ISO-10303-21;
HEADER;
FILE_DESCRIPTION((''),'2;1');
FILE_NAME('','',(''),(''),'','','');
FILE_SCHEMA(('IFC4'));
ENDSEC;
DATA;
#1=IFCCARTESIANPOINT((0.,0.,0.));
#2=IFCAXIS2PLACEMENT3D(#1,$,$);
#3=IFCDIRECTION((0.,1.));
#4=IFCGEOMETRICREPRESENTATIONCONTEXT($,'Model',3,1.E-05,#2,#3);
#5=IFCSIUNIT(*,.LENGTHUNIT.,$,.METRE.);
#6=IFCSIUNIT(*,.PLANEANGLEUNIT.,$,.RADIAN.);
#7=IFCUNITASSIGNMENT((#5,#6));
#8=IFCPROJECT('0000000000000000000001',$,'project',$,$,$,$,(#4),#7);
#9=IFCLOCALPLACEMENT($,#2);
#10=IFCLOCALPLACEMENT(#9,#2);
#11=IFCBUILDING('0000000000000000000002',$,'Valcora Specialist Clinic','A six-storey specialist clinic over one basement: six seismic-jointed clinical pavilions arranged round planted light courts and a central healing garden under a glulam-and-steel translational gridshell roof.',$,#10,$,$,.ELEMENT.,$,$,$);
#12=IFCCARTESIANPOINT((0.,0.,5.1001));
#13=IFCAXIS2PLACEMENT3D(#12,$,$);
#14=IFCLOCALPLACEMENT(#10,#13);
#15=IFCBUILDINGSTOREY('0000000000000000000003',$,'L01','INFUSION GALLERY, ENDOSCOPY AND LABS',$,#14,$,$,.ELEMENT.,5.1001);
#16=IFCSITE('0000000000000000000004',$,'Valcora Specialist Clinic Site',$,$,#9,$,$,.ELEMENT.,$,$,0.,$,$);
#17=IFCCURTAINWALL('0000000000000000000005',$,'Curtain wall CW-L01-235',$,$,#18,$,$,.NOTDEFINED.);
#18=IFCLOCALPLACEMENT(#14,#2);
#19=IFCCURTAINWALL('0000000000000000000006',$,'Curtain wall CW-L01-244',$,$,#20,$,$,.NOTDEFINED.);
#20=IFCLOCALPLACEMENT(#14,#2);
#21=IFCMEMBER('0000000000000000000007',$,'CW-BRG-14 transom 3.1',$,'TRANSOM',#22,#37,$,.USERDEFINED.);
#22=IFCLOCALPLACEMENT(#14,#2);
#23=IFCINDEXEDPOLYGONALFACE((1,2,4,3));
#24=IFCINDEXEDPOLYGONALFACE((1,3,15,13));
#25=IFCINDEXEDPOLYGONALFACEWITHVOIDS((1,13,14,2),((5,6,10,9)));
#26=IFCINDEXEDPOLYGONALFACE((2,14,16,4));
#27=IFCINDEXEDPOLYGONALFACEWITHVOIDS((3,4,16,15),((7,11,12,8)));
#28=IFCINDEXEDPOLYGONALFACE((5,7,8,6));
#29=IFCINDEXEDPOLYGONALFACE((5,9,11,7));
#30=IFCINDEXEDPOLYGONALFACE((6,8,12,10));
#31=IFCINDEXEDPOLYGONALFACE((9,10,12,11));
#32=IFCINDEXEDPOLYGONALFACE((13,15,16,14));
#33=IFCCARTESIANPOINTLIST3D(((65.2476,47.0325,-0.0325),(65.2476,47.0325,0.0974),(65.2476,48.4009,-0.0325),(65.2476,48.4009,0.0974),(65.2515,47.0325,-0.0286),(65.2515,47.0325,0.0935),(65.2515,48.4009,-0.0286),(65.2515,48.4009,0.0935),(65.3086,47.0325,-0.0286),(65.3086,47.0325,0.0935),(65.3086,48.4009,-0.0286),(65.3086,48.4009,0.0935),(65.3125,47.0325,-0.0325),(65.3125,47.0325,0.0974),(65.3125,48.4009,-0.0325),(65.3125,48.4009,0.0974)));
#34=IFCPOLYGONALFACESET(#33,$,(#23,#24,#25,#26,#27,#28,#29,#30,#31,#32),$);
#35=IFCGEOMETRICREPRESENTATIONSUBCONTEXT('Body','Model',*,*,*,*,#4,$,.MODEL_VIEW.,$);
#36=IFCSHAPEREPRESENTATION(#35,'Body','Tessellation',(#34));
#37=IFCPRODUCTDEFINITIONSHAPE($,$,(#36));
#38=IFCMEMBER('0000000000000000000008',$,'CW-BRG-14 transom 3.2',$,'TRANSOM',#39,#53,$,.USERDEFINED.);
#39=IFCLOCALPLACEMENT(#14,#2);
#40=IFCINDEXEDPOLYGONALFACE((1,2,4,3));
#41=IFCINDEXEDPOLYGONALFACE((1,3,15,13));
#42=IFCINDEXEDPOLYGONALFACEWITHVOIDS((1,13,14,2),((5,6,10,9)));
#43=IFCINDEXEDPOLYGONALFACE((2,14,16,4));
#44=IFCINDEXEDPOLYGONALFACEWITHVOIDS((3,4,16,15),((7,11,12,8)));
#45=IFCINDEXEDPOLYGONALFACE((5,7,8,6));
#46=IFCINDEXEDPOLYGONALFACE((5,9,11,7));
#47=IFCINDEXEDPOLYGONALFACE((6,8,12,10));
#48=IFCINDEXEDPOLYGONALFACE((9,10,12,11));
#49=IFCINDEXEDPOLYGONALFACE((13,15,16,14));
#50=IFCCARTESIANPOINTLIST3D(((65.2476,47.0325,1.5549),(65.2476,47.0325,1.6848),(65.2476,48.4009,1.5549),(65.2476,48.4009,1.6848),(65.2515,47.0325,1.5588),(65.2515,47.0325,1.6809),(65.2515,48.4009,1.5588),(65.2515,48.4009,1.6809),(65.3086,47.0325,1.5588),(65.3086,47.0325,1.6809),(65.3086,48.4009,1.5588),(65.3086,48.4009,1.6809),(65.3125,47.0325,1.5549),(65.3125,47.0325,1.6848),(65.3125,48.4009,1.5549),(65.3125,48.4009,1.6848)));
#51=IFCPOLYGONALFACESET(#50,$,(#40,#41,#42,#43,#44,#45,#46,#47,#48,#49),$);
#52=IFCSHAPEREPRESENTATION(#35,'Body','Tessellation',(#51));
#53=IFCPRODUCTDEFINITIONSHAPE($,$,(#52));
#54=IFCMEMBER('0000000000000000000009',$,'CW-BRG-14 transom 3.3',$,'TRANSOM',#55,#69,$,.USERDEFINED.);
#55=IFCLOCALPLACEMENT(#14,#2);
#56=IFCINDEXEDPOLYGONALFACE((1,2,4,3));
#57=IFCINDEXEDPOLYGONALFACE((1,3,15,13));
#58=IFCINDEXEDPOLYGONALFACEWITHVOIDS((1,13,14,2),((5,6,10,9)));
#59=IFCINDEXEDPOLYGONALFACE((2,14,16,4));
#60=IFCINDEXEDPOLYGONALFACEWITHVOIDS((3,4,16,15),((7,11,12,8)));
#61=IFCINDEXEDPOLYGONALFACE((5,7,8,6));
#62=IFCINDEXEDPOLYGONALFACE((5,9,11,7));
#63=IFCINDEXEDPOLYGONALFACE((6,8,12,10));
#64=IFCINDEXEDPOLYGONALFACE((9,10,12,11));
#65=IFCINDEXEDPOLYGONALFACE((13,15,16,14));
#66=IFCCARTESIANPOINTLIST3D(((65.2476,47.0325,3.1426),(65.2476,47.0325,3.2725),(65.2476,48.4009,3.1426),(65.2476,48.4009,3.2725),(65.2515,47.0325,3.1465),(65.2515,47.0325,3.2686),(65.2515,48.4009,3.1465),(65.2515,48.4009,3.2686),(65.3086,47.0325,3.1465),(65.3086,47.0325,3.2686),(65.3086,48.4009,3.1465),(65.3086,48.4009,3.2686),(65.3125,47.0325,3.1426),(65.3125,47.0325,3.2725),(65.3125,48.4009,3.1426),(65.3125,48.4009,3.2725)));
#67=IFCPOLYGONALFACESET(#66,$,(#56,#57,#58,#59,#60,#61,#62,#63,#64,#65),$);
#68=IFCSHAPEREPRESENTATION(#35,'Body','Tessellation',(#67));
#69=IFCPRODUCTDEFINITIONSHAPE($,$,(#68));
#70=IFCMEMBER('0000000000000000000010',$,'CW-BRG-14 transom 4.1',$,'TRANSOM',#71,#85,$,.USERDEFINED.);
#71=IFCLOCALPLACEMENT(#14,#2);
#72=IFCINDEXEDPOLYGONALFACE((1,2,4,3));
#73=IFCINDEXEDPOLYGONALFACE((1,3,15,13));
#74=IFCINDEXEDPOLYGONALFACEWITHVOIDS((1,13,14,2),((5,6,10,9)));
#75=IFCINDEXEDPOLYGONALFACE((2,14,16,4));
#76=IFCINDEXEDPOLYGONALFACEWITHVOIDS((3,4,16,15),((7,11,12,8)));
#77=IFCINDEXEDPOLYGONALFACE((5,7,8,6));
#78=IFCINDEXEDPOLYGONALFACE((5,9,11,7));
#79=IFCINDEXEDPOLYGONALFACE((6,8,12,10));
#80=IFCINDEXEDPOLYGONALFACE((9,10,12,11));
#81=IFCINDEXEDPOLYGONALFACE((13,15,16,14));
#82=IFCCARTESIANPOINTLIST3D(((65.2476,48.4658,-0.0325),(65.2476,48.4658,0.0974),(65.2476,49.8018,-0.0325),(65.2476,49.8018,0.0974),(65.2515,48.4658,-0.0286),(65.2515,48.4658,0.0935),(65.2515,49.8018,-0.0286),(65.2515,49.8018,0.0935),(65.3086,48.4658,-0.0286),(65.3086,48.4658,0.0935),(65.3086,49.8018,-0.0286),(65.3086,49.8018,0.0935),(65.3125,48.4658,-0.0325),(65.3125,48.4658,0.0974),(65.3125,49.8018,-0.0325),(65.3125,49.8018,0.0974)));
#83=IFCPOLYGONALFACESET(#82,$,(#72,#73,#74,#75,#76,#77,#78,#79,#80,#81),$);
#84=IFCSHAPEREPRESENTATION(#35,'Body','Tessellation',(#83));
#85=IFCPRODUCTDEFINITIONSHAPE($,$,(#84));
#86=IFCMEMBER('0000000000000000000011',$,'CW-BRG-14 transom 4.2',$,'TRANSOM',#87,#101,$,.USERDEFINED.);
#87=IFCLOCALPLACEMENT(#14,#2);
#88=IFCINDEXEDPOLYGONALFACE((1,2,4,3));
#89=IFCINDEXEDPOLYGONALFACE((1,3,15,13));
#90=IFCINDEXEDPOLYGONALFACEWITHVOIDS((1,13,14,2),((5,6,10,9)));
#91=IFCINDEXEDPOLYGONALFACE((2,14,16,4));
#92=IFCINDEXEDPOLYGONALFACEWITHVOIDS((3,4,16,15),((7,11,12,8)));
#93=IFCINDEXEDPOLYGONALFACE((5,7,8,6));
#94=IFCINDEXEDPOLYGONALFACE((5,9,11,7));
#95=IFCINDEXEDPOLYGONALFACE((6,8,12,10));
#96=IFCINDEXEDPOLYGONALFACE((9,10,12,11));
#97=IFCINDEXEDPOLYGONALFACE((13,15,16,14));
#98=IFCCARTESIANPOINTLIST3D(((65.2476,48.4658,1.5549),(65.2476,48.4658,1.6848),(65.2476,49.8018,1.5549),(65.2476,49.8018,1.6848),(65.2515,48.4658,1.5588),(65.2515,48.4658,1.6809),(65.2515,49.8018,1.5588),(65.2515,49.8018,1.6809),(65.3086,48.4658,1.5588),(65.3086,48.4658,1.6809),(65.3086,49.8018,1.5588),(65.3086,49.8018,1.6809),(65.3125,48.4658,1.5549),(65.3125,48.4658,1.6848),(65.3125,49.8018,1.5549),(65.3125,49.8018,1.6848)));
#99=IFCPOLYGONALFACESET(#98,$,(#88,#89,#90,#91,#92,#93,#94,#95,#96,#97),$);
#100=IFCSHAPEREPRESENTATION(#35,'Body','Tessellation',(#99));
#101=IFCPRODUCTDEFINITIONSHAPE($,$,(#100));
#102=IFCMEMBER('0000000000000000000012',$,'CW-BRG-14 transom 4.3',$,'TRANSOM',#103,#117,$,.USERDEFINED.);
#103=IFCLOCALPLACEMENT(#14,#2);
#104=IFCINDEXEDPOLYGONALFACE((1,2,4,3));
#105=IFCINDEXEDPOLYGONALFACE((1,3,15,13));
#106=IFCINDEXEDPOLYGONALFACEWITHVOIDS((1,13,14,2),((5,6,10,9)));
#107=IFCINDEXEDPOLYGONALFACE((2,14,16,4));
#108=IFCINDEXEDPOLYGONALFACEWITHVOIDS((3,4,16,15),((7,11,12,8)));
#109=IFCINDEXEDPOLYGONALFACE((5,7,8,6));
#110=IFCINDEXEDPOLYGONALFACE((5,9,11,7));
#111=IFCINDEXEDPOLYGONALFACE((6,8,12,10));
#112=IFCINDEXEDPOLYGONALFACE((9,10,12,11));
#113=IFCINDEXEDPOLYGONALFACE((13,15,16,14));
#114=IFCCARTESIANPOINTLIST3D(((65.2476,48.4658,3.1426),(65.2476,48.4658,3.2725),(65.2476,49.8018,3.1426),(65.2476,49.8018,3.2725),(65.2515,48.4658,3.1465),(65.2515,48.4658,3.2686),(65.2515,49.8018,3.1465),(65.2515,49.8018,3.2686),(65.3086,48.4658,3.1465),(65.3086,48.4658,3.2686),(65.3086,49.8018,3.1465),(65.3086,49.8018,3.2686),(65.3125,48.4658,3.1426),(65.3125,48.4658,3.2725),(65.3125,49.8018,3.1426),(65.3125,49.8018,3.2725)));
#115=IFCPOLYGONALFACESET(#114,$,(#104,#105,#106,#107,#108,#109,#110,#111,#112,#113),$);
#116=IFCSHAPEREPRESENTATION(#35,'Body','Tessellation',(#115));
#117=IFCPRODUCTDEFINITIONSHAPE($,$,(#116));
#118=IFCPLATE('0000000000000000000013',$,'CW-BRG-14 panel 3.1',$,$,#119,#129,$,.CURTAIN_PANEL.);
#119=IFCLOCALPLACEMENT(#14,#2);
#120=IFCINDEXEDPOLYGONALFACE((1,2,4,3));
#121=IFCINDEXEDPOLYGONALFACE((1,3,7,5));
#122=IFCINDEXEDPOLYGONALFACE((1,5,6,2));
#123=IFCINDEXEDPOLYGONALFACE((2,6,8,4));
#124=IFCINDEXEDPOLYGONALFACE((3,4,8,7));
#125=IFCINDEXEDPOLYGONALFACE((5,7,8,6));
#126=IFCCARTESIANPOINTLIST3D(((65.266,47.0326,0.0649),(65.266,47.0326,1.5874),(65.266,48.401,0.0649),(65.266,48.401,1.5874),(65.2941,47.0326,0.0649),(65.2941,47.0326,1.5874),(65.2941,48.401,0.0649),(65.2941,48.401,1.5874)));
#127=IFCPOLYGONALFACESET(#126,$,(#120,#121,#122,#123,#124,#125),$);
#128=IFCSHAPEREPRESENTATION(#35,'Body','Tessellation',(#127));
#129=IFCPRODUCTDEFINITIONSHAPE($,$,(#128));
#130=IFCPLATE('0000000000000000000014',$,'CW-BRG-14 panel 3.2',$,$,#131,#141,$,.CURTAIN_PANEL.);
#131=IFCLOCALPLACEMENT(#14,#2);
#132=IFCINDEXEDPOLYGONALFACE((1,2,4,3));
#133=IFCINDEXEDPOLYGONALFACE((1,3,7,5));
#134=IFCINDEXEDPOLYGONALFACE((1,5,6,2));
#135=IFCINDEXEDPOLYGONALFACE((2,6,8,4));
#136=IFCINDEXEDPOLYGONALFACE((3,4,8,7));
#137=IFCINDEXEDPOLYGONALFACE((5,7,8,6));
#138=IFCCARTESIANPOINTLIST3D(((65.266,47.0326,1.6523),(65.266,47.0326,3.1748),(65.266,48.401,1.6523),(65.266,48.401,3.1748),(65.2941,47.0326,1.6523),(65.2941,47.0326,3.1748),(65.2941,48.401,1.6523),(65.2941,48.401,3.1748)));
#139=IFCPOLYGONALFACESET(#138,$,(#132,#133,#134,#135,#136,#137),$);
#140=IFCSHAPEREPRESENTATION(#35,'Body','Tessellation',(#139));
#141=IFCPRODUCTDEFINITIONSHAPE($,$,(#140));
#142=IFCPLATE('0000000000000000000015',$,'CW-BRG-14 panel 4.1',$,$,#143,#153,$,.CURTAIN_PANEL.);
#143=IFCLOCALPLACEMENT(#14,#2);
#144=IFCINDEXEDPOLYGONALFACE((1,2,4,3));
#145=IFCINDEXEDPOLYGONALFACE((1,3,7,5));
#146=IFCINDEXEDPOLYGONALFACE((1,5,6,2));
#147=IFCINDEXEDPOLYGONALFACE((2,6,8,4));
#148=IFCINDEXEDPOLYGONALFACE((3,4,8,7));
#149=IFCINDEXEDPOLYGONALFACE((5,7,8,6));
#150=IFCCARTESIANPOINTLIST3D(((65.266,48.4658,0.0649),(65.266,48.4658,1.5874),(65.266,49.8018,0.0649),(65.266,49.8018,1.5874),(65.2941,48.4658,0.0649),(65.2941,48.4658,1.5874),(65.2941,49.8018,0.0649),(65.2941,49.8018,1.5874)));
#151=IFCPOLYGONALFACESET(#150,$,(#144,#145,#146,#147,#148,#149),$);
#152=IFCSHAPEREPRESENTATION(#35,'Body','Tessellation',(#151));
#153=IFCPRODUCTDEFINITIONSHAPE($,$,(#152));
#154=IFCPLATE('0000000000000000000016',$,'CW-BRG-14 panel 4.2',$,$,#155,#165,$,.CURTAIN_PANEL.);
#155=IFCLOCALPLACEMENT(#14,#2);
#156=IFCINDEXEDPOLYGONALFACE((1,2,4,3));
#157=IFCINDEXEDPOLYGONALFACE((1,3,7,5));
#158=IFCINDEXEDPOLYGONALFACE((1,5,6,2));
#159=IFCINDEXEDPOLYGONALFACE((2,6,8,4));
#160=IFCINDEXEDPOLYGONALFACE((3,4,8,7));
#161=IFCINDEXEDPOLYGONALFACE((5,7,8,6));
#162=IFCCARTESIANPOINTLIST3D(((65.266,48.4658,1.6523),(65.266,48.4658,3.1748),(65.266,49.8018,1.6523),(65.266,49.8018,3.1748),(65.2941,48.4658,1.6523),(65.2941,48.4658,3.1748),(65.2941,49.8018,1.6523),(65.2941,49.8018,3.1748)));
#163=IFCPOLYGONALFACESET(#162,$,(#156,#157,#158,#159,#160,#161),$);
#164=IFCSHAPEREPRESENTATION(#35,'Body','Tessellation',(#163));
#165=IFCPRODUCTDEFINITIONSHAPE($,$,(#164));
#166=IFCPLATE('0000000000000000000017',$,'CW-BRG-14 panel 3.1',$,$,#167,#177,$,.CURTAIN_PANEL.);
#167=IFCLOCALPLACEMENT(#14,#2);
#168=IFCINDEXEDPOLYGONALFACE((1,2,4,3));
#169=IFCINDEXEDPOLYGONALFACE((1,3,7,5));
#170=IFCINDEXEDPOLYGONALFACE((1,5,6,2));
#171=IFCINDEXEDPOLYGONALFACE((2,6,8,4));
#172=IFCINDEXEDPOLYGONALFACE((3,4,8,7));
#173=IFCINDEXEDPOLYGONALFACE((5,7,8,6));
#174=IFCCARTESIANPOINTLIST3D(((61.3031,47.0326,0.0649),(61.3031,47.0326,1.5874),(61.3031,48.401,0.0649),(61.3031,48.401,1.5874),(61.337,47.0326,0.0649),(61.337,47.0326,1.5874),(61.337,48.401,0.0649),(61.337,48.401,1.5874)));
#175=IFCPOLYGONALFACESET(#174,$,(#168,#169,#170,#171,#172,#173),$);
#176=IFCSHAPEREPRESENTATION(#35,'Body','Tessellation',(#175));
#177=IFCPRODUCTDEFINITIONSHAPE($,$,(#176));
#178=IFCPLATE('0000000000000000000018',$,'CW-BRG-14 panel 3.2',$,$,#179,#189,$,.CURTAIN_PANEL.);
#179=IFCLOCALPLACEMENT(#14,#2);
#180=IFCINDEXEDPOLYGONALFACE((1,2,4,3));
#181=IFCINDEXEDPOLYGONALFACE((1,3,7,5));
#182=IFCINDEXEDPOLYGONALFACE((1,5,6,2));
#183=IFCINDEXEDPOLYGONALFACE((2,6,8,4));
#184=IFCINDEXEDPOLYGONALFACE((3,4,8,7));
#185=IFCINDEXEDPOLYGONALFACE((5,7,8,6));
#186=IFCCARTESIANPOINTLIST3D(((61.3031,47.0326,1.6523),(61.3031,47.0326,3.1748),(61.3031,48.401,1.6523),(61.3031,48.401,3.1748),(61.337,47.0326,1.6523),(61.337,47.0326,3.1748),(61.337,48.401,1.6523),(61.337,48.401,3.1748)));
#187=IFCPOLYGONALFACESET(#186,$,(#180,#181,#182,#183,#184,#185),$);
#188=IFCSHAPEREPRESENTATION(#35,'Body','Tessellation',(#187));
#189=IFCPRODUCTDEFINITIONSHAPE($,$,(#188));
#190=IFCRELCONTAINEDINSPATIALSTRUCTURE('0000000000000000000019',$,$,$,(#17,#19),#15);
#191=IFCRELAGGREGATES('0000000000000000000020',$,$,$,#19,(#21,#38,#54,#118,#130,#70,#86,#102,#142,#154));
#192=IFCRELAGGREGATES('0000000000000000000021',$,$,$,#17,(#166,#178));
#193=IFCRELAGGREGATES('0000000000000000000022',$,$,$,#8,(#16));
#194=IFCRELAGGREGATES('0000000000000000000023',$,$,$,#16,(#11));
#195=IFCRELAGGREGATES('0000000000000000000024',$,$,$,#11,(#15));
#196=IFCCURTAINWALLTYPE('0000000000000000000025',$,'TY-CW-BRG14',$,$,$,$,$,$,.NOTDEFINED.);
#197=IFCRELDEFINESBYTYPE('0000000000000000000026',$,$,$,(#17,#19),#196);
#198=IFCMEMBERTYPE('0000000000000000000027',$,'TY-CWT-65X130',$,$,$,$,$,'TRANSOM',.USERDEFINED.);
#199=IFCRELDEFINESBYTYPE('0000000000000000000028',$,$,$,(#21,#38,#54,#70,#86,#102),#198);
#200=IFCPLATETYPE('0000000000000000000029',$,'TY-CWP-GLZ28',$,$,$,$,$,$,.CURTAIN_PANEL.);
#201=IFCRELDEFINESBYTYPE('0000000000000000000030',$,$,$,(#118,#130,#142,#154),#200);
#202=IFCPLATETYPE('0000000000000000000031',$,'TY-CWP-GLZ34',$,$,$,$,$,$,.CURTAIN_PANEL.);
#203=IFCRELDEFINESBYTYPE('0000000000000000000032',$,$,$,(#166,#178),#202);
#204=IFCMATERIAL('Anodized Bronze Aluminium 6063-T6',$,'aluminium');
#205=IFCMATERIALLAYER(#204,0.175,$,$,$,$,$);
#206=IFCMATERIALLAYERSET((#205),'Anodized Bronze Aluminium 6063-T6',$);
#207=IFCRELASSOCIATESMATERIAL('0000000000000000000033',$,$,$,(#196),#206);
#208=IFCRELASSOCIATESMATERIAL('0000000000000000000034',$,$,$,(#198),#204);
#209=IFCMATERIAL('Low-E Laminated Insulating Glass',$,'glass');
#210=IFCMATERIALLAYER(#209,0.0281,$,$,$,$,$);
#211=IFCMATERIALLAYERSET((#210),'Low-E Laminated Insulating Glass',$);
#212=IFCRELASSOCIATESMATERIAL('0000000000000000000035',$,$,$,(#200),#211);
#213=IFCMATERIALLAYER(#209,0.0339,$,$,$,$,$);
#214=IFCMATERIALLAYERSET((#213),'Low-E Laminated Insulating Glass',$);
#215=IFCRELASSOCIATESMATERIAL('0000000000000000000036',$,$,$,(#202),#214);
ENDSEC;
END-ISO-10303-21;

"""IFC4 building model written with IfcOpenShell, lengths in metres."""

from ifc_helpers import new_model, si_unit, direction, frame, origin, origin_2d, place, context, subcontext, project, spatial, rectangle, hollow_rectangle, extrude, material, layer, layer_set, material_profile, profile_set, type_object, element, aggregate, save


model = new_model("IFC4")

# Units and contexts
model_context = context("Model", 3, precision=1e-05, world=origin(), true_north=direction((0.0, 1.0)))
body_context = subcontext(model_context, "Body", "Model", "MODEL_VIEW")
ifc_project = project(units=[si_unit("LENGTHUNIT", "METRE"), si_unit("PLANEANGLEUNIT", "RADIAN")], contexts=[model_context])

# Site, building, storey
site_placement = place(None, origin())
site = spatial("IfcSite", under=ifc_project, at=site_placement, Name="Valcora Specialist Clinic Site", CompositionType="ELEMENT", RefElevation=0.0)
building_placement = place(site_placement, origin())
building = spatial("IfcBuilding", under=site, at=building_placement, Name="Valcora Specialist Clinic", Description="A six-storey specialist clinic over one basement: six seismic-jointed clinical pavilions arranged round planted light courts and a central healing garden under a glulam-and-steel translational gridshell roof.", CompositionType="ELEMENT")
storey_placement = place(building_placement, frame((0.0, 0.0, 5.1001)))
storey = spatial("IfcBuildingStorey", under=building, at=storey_placement, Name="L01", Description="INFUSION GALLERY, ENDOSCOPY AND LABS", CompositionType="ELEMENT", Elevation=5.1001)

# Curtain walls
ifc_material_1 = material(Name="Anodized Bronze Aluminium 6063-T6", Category="aluminium")
ifc_layer_1 = layer(ifc_material_1, 0.175)
ifc_layer_set_1 = layer_set([ifc_layer_1], Name="Anodized Bronze Aluminium 6063-T6")
curtain_wall_type = type_object("IfcCurtainWallType", Name="TY-CW-BRG14", PredefinedType="NOTDEFINED", material=ifc_layer_set_1)
curtain_wall_1_placement = place(storey_placement, origin())
curtain_wall_1 = element("IfcCurtainWall", 1, at=curtain_wall_1_placement, inside=storey, type_object=curtain_wall_type, Name="Curtain wall CW-L01-235", PredefinedType="NOTDEFINED")
curtain_wall_2_placement = place(storey_placement, origin())
curtain_wall_2 = element("IfcCurtainWall", 2, at=curtain_wall_2_placement, inside=storey, type_object=curtain_wall_type, Name="Curtain wall CW-L01-244", PredefinedType="NOTDEFINED")

# Members
ifc_material_profile_1 = material_profile(ifc_material_1, hollow_rectangle(XDim=0.0649, YDim=0.1299, WallThickness=0.0039, at=origin_2d()), Name="AL-TRN-65X130")
ifc_profile_set_1 = profile_set([ifc_material_profile_1], Name="Anodized Bronze Aluminium 6063-T6")
member_type_1 = type_object("IfcMemberType", Name="TY-CWT-65X130", ElementType="TRANSOM", PredefinedType="USERDEFINED", material=ifc_profile_set_1)
member_1_placement = place(storey_placement, frame((65.28, 47.0325, 0.0325), z_axis=(0.0, 1.0, 0.0), x_axis=(-1.0, 0.0, 0.0)))
member_1 = element("IfcMember", 3, at=member_1_placement, type_object=member_type_1, Name="CW-BRG-14 transom 3.1", ObjectType="TRANSOM", PredefinedType="USERDEFINED", context=body_context, shape_type="SweptSolid", body=[
    extrude(hollow_rectangle(XDim=0.0649, YDim=0.1299, WallThickness=0.0039, at=origin_2d()), origin(), (0.0, 0.0, 1.0), 1.3684),
])
member_2_placement = place(storey_placement, frame((65.28, 47.0325, 1.6199), z_axis=(0.0, 1.0, 0.0), x_axis=(-1.0, 0.0, 0.0)))
member_2 = element("IfcMember", 4, at=member_2_placement, type_object=member_type_1, Name="CW-BRG-14 transom 3.2", ObjectType="TRANSOM", PredefinedType="USERDEFINED", context=body_context, shape_type="SweptSolid", body=[
    extrude(hollow_rectangle(XDim=0.0649, YDim=0.1299, WallThickness=0.0039, at=origin_2d()), origin(), (0.0, 0.0, 1.0), 1.3684),
])
member_3_placement = place(storey_placement, frame((65.28, 47.0325, 3.2075), z_axis=(0.0, 1.0, 0.0), x_axis=(-1.0, 0.0, 0.0)))
member_3 = element("IfcMember", 5, at=member_3_placement, type_object=member_type_1, Name="CW-BRG-14 transom 3.3", ObjectType="TRANSOM", PredefinedType="USERDEFINED", context=body_context, shape_type="SweptSolid", body=[
    extrude(hollow_rectangle(XDim=0.0649, YDim=0.1299, WallThickness=0.0039, at=origin_2d()), origin(), (0.0, 0.0, 1.0), 1.3684),
])
member_4_placement = place(storey_placement, frame((65.28, 48.4658, 0.0325), z_axis=(0.0, 1.0, 0.0), x_axis=(-1.0, 0.0, 0.0)))
member_4 = element("IfcMember", 6, at=member_4_placement, type_object=member_type_1, Name="CW-BRG-14 transom 4.1", ObjectType="TRANSOM", PredefinedType="USERDEFINED", context=body_context, shape_type="SweptSolid", body=[
    extrude(hollow_rectangle(XDim=0.0649, YDim=0.1299, WallThickness=0.0039, at=origin_2d()), origin(), (0.0, 0.0, 1.0), 1.3359),
])
member_5_placement = place(storey_placement, frame((65.28, 48.4658, 1.6199), z_axis=(0.0, 1.0, 0.0), x_axis=(-1.0, 0.0, 0.0)))
member_5 = element("IfcMember", 7, at=member_5_placement, type_object=member_type_1, Name="CW-BRG-14 transom 4.2", ObjectType="TRANSOM", PredefinedType="USERDEFINED", context=body_context, shape_type="SweptSolid", body=[
    extrude(hollow_rectangle(XDim=0.0649, YDim=0.1299, WallThickness=0.0039, at=origin_2d()), origin(), (0.0, 0.0, 1.0), 1.3359),
])
member_6_placement = place(storey_placement, frame((65.28, 48.4658, 3.2075), z_axis=(0.0, 1.0, 0.0), x_axis=(-1.0, 0.0, 0.0)))
member_6 = element("IfcMember", 8, at=member_6_placement, type_object=member_type_1, Name="CW-BRG-14 transom 4.3", ObjectType="TRANSOM", PredefinedType="USERDEFINED", context=body_context, shape_type="SweptSolid", body=[
    extrude(hollow_rectangle(XDim=0.0649, YDim=0.1299, WallThickness=0.0039, at=origin_2d()), origin(), (0.0, 0.0, 1.0), 1.3359),
])

# Plates
ifc_material_2 = material(Name="Low-E Laminated Insulating Glass", Category="glass")
ifc_layer_2 = layer(ifc_material_2, 0.0281)
ifc_layer_set_2 = layer_set([ifc_layer_2], Name="Low-E Laminated Insulating Glass")
plate_type_1 = type_object("IfcPlateType", Name="TY-CWP-GLZ28", PredefinedType="CURTAIN_PANEL", material=ifc_layer_set_2)
plate_1_placement = place(storey_placement, frame((65.28, 47.7168, 0.0649), z_axis=(0.0, 0.0, 1.0), x_axis=(0.0, 1.0, 0.0)))
plate_1 = element("IfcPlate", 9, at=plate_1_placement, type_object=plate_type_1, Name="CW-BRG-14 panel 3.1", PredefinedType="CURTAIN_PANEL", context=body_context, shape_type="SweptSolid", body=[
    extrude(rectangle(XDim=1.3684, YDim=0.0281, at=origin_2d()), origin(), (0.0, 0.0, 1.0), 1.5225),
])
plate_2_placement = place(storey_placement, frame((65.28, 47.7168, 1.6523), z_axis=(0.0, 0.0, 1.0), x_axis=(0.0, 1.0, 0.0)))
plate_2 = element("IfcPlate", 10, at=plate_2_placement, type_object=plate_type_1, Name="CW-BRG-14 panel 3.2", PredefinedType="CURTAIN_PANEL", context=body_context, shape_type="SweptSolid", body=[
    extrude(rectangle(XDim=1.3684, YDim=0.0281, at=origin_2d()), origin(), (0.0, 0.0, 1.0), 1.5225),
])
plate_3_placement = place(storey_placement, frame((65.28, 49.1338, 0.0649), z_axis=(0.0, 0.0, 1.0), x_axis=(0.0, 1.0, 0.0)))
plate_3 = element("IfcPlate", 11, at=plate_3_placement, type_object=plate_type_1, Name="CW-BRG-14 panel 4.1", PredefinedType="CURTAIN_PANEL", context=body_context, shape_type="SweptSolid", body=[
    extrude(rectangle(XDim=1.3359, YDim=0.0281, at=origin_2d()), origin(), (0.0, 0.0, 1.0), 1.5225),
])
plate_4_placement = place(storey_placement, frame((65.28, 49.1338, 1.6523), z_axis=(0.0, 0.0, 1.0), x_axis=(0.0, 1.0, 0.0)))
plate_4 = element("IfcPlate", 12, at=plate_4_placement, type_object=plate_type_1, Name="CW-BRG-14 panel 4.2", PredefinedType="CURTAIN_PANEL", context=body_context, shape_type="SweptSolid", body=[
    extrude(rectangle(XDim=1.3359, YDim=0.0281, at=origin_2d()), origin(), (0.0, 0.0, 1.0), 1.5225),
])
aggregate(curtain_wall_2, [member_1, member_2, member_3, plate_1, plate_2, member_4, member_5, member_6, plate_3, plate_4])
ifc_layer_3 = layer(ifc_material_2, 0.0339)
ifc_layer_set_3 = layer_set([ifc_layer_3], Name="Low-E Laminated Insulating Glass")
plate_type_2 = type_object("IfcPlateType", Name="TY-CWP-GLZ34", PredefinedType="CURTAIN_PANEL", material=ifc_layer_set_3)
plate_5_placement = place(storey_placement, frame((61.3201, 47.7168, 0.0649), z_axis=(0.0, 0.0, 1.0), x_axis=(0.0, 1.0, 0.0)))
plate_5 = element("IfcPlate", 13, at=plate_5_placement, type_object=plate_type_2, Name="CW-BRG-14 panel 3.1", PredefinedType="CURTAIN_PANEL", context=body_context, shape_type="SweptSolid", body=[
    extrude(rectangle(XDim=1.3684, YDim=0.0339, at=origin_2d()), origin(), (0.0, 0.0, 1.0), 1.5225),
])
plate_6_placement = place(storey_placement, frame((61.3201, 47.7168, 1.6523), z_axis=(0.0, 0.0, 1.0), x_axis=(0.0, 1.0, 0.0)))
plate_6 = element("IfcPlate", 14, at=plate_6_placement, type_object=plate_type_2, Name="CW-BRG-14 panel 3.2", PredefinedType="CURTAIN_PANEL", context=body_context, shape_type="SweptSolid", body=[
    extrude(rectangle(XDim=1.3684, YDim=0.0339, at=origin_2d()), origin(), (0.0, 0.0, 1.0), 1.5225),
])
aggregate(curtain_wall_1, [plate_5, plate_6])

save(model, "model.ifc")
